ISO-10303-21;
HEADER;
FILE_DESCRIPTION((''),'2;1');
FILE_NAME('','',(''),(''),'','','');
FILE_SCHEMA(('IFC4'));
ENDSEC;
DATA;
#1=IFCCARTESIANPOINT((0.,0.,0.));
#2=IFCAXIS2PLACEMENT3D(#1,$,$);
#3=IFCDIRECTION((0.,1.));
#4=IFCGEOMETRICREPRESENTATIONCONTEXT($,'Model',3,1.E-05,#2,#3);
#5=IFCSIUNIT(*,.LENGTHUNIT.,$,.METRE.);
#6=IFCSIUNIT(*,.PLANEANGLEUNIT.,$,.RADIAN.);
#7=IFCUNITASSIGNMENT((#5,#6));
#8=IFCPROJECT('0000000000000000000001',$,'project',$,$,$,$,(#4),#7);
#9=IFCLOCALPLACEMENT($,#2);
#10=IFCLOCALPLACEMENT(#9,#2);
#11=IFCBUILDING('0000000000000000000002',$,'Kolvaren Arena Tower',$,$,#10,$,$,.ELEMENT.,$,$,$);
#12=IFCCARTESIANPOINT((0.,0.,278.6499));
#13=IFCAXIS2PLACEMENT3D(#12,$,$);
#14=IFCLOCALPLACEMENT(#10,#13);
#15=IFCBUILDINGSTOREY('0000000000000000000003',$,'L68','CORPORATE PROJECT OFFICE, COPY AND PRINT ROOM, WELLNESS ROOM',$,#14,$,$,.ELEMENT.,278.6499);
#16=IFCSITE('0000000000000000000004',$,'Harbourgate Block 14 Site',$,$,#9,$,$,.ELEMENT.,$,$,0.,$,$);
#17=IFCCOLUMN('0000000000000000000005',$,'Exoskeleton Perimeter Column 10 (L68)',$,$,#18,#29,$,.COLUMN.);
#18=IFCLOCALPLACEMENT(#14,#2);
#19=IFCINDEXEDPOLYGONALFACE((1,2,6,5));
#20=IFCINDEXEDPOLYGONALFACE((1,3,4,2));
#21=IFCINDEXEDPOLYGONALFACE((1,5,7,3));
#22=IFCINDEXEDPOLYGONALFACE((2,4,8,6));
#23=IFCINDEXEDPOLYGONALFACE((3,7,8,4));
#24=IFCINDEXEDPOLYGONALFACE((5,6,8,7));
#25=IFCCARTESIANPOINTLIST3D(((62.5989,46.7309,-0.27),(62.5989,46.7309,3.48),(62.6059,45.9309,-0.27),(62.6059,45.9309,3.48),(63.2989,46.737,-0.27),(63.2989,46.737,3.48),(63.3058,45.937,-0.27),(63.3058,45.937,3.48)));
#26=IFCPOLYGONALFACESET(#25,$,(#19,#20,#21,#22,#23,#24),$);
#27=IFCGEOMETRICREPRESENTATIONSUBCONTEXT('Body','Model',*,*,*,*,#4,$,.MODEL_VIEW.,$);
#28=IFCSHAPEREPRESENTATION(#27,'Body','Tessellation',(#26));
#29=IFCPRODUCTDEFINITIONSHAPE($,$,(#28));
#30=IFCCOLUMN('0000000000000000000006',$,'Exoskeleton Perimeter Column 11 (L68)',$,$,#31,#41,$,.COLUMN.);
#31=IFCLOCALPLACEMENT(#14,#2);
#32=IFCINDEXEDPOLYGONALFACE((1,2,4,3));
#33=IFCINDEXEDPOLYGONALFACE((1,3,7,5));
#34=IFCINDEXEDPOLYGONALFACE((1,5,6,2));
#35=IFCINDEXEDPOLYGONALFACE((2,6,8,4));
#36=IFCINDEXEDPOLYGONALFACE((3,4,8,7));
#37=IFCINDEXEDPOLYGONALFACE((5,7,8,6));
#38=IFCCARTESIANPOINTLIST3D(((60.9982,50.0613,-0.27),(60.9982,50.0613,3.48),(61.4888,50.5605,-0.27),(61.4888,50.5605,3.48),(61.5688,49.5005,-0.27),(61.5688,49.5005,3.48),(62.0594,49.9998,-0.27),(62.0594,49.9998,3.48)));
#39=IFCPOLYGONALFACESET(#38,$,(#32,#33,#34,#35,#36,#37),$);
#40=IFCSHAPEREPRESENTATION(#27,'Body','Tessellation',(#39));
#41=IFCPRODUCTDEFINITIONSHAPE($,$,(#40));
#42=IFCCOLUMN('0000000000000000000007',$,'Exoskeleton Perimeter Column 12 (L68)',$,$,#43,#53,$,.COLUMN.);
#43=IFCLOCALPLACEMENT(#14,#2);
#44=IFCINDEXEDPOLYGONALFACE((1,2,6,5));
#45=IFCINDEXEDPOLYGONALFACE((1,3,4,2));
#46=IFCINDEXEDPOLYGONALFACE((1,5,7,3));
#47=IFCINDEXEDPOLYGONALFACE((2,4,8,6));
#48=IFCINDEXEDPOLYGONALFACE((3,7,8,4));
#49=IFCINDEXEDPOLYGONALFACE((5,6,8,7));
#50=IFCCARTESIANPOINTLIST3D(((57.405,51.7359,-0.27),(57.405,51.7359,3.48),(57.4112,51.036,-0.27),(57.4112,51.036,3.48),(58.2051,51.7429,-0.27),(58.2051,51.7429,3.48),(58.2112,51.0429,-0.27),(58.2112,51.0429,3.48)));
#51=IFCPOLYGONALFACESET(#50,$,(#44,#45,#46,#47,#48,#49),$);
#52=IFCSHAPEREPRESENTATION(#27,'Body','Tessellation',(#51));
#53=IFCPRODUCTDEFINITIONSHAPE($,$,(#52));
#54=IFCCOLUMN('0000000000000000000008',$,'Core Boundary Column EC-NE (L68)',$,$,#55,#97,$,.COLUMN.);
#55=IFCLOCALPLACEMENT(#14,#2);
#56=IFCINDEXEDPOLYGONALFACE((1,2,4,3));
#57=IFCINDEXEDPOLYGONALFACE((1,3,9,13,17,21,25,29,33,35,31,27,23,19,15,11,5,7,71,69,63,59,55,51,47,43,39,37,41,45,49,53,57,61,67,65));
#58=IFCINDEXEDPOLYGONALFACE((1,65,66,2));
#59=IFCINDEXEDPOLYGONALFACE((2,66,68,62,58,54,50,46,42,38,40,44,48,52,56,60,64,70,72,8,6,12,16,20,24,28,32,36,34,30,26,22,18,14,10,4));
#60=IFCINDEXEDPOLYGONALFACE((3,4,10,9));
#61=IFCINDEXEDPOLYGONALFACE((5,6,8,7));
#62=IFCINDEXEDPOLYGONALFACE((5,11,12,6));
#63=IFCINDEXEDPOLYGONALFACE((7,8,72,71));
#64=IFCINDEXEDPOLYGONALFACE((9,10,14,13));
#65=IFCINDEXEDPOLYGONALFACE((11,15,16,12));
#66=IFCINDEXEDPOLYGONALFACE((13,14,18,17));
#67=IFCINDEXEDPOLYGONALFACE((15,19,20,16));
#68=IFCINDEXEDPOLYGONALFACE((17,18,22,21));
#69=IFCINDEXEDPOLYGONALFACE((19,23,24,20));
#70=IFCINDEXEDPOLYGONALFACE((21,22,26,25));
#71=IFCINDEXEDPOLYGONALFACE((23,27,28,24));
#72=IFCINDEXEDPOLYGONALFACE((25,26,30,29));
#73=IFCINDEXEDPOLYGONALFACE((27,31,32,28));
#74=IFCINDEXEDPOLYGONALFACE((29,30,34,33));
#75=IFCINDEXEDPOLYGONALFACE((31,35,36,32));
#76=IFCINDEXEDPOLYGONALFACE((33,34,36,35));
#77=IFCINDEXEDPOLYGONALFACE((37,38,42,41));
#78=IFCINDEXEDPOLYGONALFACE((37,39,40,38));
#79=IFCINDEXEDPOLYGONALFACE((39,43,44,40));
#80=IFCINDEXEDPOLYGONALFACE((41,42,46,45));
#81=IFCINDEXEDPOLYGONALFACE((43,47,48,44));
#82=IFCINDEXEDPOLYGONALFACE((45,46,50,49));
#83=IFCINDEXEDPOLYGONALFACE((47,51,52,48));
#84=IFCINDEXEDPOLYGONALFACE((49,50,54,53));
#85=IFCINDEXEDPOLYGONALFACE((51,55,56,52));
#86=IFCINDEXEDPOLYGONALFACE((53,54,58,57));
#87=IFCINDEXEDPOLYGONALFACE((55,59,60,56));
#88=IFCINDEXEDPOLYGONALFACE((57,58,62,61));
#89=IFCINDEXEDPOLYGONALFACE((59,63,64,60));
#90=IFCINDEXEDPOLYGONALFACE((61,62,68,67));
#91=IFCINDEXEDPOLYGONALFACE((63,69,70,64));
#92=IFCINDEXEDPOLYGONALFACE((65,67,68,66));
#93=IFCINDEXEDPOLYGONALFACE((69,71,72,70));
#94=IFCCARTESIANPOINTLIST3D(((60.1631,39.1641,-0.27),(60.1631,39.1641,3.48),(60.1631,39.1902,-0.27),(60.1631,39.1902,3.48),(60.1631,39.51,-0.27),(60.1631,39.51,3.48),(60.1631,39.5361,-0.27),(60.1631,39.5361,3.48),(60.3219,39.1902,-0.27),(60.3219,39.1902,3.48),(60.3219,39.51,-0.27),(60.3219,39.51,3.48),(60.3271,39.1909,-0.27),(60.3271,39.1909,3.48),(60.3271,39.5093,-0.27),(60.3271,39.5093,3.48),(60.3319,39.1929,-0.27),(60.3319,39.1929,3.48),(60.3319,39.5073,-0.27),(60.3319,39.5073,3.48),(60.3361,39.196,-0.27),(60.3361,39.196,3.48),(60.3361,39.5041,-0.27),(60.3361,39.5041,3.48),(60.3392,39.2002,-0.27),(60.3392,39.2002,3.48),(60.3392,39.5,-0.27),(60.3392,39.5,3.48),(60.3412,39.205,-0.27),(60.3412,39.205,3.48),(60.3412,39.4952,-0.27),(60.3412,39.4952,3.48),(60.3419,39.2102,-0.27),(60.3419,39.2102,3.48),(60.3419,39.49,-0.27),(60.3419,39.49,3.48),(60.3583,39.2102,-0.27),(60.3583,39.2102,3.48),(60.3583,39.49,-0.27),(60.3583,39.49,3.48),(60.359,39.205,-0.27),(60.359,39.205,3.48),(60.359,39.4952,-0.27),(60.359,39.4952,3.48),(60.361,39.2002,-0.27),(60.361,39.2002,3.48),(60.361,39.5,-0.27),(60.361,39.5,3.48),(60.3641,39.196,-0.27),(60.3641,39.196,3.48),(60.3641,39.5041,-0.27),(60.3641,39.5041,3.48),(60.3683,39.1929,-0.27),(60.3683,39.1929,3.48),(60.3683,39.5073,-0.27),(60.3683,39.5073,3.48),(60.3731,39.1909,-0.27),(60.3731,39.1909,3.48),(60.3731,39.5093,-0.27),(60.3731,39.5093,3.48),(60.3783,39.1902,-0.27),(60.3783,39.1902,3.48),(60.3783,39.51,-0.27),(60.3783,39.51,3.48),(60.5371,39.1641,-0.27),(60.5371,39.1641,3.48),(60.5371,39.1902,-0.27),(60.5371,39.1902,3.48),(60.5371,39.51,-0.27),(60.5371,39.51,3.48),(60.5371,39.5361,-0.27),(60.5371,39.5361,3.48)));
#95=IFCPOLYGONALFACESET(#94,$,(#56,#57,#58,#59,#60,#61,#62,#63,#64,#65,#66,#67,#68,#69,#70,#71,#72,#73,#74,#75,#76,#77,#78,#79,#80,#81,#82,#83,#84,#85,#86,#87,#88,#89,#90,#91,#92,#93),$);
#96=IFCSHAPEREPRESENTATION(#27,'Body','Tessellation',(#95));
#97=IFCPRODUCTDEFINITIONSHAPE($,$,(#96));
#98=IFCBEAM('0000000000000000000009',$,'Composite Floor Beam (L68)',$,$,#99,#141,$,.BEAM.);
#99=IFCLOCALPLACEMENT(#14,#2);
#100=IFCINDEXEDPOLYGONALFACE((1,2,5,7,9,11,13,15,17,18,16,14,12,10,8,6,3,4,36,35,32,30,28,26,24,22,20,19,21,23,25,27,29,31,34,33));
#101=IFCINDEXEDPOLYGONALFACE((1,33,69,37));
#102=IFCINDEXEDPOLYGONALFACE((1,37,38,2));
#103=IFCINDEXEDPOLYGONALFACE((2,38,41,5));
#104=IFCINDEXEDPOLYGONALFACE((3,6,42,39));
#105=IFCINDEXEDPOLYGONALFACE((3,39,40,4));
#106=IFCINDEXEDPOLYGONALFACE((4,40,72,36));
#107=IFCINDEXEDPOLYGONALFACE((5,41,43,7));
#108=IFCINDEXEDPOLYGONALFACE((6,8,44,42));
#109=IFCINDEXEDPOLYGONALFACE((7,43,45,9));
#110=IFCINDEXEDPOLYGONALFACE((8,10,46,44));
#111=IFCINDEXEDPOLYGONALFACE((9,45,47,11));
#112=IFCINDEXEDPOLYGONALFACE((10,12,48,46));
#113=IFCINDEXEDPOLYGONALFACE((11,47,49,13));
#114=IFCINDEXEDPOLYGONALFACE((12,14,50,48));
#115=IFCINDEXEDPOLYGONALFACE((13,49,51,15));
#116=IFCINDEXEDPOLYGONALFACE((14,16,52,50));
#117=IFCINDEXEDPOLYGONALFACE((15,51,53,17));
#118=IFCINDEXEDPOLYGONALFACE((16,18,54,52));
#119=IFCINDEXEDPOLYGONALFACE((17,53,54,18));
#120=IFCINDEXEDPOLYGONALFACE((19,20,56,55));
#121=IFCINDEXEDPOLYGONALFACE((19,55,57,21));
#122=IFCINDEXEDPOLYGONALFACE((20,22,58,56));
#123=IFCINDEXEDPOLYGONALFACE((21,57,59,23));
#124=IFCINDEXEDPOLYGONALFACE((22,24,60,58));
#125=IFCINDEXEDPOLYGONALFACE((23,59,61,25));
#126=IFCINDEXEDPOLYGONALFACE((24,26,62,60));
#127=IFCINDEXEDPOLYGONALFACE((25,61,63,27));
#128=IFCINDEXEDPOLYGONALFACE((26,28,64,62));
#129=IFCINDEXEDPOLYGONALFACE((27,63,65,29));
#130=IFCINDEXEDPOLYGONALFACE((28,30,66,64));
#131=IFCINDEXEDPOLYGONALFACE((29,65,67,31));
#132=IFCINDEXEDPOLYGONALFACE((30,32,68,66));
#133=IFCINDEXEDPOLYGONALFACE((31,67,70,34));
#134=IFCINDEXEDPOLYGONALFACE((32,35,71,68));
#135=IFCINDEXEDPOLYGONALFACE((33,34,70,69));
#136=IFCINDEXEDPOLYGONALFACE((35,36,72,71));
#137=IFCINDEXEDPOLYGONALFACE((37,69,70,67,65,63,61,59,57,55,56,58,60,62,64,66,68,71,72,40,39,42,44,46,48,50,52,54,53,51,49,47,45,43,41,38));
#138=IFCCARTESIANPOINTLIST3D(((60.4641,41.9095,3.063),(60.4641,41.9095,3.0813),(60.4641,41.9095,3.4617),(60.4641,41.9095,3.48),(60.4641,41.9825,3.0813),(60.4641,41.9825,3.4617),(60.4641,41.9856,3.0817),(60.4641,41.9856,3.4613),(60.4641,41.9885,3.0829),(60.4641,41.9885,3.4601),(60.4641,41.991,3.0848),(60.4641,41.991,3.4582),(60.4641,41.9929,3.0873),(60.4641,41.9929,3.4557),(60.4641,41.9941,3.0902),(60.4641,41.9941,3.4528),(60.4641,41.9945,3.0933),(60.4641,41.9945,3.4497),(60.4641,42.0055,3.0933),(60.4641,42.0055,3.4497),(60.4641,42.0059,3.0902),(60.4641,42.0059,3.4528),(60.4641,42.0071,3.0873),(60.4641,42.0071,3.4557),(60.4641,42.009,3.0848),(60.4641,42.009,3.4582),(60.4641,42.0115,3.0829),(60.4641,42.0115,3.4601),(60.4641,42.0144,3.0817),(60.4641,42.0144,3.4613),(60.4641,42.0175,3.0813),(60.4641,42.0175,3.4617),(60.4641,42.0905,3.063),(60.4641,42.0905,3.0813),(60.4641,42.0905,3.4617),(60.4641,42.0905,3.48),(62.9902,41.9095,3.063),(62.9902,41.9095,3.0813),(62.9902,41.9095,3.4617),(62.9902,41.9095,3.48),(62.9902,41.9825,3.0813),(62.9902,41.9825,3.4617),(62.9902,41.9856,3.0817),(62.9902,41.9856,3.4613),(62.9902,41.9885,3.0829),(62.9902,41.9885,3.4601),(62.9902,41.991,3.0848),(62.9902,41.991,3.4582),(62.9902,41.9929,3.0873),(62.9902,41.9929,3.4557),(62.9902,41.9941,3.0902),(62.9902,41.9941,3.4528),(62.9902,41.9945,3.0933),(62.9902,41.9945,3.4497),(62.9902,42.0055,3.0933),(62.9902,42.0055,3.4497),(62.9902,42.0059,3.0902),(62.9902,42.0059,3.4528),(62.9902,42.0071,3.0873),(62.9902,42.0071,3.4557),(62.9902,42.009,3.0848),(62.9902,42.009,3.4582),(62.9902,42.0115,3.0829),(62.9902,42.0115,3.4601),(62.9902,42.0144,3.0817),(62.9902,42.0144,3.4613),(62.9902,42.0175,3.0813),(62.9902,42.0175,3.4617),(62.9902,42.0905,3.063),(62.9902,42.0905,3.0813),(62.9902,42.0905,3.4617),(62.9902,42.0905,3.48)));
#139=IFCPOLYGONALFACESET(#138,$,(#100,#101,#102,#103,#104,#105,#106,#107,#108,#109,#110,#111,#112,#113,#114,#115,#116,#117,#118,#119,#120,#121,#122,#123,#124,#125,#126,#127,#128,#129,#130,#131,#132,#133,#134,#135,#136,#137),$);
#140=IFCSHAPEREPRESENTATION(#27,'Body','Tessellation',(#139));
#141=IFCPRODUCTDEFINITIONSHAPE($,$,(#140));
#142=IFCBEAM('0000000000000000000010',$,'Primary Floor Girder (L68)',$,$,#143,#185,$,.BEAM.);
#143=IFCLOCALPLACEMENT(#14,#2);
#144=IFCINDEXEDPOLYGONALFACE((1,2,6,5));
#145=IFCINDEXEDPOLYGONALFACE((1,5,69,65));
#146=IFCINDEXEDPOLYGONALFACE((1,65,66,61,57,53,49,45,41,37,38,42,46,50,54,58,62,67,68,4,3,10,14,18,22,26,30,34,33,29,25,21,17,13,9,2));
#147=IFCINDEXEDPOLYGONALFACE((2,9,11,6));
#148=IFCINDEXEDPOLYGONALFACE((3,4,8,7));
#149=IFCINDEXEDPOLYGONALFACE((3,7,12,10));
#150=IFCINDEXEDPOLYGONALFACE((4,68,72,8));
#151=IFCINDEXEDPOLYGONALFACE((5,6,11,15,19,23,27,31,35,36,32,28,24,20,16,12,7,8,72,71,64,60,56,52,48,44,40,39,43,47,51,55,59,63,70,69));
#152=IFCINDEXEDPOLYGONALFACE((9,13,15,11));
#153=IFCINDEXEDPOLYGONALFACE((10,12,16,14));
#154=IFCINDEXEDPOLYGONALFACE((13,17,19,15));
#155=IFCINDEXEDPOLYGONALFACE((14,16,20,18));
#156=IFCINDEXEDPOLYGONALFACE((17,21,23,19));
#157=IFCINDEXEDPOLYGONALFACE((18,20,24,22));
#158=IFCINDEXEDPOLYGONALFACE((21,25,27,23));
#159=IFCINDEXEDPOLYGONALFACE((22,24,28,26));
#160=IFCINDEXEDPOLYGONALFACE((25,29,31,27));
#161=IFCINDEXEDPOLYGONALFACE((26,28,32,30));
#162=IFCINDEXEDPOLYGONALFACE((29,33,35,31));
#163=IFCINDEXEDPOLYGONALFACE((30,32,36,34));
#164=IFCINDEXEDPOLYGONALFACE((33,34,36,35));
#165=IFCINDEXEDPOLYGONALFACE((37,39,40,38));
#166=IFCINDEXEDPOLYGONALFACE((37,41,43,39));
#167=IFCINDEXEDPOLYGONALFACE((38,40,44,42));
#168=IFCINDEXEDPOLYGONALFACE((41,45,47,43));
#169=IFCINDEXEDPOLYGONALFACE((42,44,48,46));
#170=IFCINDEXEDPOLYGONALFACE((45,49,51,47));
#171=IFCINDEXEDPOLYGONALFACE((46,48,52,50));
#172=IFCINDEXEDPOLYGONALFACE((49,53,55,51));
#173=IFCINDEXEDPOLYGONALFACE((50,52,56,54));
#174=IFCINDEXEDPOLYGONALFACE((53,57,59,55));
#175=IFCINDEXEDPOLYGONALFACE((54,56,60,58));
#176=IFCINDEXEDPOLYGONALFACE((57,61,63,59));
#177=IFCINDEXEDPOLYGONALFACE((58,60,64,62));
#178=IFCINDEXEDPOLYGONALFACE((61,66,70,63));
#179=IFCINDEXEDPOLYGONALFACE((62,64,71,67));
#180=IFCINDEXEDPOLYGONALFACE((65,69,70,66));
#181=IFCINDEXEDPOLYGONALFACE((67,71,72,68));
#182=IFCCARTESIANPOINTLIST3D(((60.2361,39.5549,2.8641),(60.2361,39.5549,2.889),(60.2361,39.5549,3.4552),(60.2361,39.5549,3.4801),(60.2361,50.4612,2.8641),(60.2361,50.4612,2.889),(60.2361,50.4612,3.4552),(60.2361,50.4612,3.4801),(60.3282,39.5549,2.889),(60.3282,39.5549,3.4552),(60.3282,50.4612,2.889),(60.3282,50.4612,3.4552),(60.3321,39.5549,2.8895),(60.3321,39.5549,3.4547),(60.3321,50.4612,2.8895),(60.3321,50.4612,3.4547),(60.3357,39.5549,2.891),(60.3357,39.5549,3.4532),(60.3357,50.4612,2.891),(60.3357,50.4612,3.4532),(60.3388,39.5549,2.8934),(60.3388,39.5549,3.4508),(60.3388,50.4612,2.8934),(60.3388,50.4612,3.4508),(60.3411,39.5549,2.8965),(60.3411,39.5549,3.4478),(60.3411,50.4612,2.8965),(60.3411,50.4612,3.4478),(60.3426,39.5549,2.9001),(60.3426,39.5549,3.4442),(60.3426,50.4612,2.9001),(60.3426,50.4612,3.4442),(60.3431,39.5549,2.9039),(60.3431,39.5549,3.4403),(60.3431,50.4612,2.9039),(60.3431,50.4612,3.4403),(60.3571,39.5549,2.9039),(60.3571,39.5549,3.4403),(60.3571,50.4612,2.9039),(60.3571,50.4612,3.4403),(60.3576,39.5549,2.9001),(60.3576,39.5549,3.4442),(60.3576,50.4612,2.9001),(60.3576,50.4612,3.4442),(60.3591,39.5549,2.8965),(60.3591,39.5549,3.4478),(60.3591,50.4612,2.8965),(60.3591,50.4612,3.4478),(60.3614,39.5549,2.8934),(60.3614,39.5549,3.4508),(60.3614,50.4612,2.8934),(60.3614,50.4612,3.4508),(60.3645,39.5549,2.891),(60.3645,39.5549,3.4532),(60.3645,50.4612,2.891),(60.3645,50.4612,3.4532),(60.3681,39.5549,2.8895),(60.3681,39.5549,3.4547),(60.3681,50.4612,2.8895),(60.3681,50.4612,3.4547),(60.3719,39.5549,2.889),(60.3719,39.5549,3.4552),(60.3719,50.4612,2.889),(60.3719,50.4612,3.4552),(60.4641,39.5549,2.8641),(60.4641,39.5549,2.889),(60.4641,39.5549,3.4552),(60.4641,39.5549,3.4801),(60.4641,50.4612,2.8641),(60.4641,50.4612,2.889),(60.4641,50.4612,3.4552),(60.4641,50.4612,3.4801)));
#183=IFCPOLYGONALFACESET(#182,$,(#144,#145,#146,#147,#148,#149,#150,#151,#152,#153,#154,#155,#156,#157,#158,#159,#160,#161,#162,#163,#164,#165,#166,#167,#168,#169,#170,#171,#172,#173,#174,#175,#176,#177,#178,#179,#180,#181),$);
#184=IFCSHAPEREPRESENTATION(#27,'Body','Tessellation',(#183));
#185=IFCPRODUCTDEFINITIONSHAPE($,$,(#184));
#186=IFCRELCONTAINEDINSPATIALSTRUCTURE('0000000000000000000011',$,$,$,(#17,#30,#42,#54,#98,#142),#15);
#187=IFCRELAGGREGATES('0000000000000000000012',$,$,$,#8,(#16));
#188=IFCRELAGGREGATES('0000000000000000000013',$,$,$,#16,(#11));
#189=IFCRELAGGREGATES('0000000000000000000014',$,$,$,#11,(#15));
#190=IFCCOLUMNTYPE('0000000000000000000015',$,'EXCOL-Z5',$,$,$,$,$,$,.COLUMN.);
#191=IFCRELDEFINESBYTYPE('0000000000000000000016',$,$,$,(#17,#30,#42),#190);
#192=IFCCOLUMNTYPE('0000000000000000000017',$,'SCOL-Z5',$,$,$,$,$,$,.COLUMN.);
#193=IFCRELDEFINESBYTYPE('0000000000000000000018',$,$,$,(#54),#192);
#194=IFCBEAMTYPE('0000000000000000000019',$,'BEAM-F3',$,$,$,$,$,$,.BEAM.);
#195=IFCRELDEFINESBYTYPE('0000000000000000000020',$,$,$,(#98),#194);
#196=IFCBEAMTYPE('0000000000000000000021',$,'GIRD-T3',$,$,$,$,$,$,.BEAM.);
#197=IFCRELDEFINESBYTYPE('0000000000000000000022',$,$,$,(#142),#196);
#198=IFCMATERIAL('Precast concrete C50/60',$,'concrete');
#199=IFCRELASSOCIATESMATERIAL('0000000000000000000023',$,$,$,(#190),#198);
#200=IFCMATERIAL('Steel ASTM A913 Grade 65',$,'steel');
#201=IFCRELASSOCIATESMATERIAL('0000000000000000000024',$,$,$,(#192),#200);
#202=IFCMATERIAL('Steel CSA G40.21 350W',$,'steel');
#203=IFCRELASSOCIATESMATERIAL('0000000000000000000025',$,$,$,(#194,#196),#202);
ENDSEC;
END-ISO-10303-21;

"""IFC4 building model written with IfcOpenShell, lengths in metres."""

from ifc_helpers import new_model, si_unit, direction, frame, origin, origin_2d, place, context, subcontext, project, spatial, rectangle, i_section, extrude, material, material_profile, profile_set, type_object, element, save


model = new_model("IFC4")

# Units and contexts
model_context = context("Model", 3, precision=1e-05, world=origin(), true_north=direction((0.0, 1.0)))
body_context = subcontext(model_context, "Body", "Model", "MODEL_VIEW")
ifc_project = project(units=[si_unit("LENGTHUNIT", "METRE"), si_unit("PLANEANGLEUNIT", "RADIAN")], contexts=[model_context])

# Site, building, storey
site_placement = place(None, origin())
site = spatial("IfcSite", under=ifc_project, at=site_placement, Name="Harbourgate Block 14 Site", CompositionType="ELEMENT", RefElevation=0.0)
building_placement = place(site_placement, origin())
building = spatial("IfcBuilding", under=site, at=building_placement, Name="Kolvaren Arena Tower", CompositionType="ELEMENT")
storey_placement = place(building_placement, frame((0.0, 0.0, 278.6499)))
storey = spatial("IfcBuildingStorey", under=building, at=storey_placement, Name="L68", Description="CORPORATE PROJECT OFFICE, COPY AND PRINT ROOM, WELLNESS ROOM", CompositionType="ELEMENT", Elevation=278.6499)

# Columns
ifc_material_1 = material(Name="Precast concrete C50/60", Category="concrete")
ifc_material_profile_1 = material_profile(ifc_material_1, rectangle(XDim=0.8, YDim=0.7, at=origin_2d()), Name="RC-800x700")
ifc_profile_set_1 = profile_set([ifc_material_profile_1], Name="Precast concrete C50/60")
column_type_1 = type_object("IfcColumnType", Name="EXCOL-Z5", PredefinedType="COLUMN", material=ifc_profile_set_1)
for number, where, z_axis, x_axis, name in (
    (1, (62.9524, 46.334, -0.27), (0.0, 0.0, 1.0), (-0.008727, 0.999962, 0.0), "Exoskeleton Perimeter Column 10 (L68)"),
    (2, (61.5288, 50.0305, -0.27), (0.0, 0.0, 1.0), (-0.71325, 0.700909, 0.0), "Exoskeleton Perimeter Column 11 (L68)"),
    (3, (57.8081, 51.3894, -0.27), (0.0, 0.0, 1.0), (0.999962, 0.008727, 0.0), "Exoskeleton Perimeter Column 12 (L68)"),
):
    element("IfcColumn", number, at=place(storey_placement, frame(where, z_axis=z_axis, x_axis=x_axis)), inside=storey, type_object=column_type_1, Name=name, PredefinedType="COLUMN", context=body_context, shape_type="SweptSolid", body=[
        extrude(rectangle(XDim=0.8, YDim=0.7, at=origin_2d()), origin(), (0.0, 0.0, 1.0), 3.75),
    ])
ifc_material_2 = material(Name="Steel ASTM A913 Grade 65", Category="steel")
ifc_material_profile_2 = material_profile(ifc_material_2, i_section(OverallWidth=0.374, OverallDepth=0.3721, WebThickness=0.0164, FlangeThickness=0.0261, FilletRadius=0.02, at=origin_2d()), Name="W360x196")
ifc_profile_set_2 = profile_set([ifc_material_profile_2], Name="Steel ASTM A913 Grade 65")
column_type_2 = type_object("IfcColumnType", Name="SCOL-Z5", PredefinedType="COLUMN", material=ifc_profile_set_2)
column_placement = place(storey_placement, frame((60.3501, 39.3501, -0.27), z_axis=(0.0, 0.0, 1.0), x_axis=(1.0, 0.0, 0.0)))
element("IfcColumn", 4, at=column_placement, inside=storey, type_object=column_type_2, Name="Core Boundary Column EC-NE (L68)", PredefinedType="COLUMN", context=body_context, shape_type="SweptSolid", body=[
    extrude(i_section(OverallWidth=0.374, OverallDepth=0.3721, WebThickness=0.0164, FlangeThickness=0.0261, FilletRadius=0.02, at=origin_2d()), origin(), (0.0, 0.0, 1.0), 3.75),
])

# Beams
ifc_material_3 = material(Name="Steel CSA G40.21 350W", Category="steel")
ifc_material_profile_3 = material_profile(ifc_material_3, i_section(OverallWidth=0.1809, OverallDepth=0.417, WebThickness=0.011, FlangeThickness=0.0183, FilletRadius=0.012, at=origin_2d()), Name="W410x85")
ifc_profile_set_3 = profile_set([ifc_material_profile_3], Name="Steel CSA G40.21 350W")
beam_type_1 = type_object("IfcBeamType", Name="BEAM-F3", PredefinedType="BEAM", material=ifc_profile_set_3)
beam_1_placement = place(storey_placement, frame((60.4641, 42.0, 3.2715), z_axis=(1.0, 0.0, 0.0), x_axis=(0.0, 1.0, 0.0)))
element("IfcBeam", 5, at=beam_1_placement, inside=storey, type_object=beam_type_1, Name="Composite Floor Beam (L68)", PredefinedType="BEAM", context=body_context, shape_type="SweptSolid", body=[
    extrude(i_section(OverallWidth=0.1809, OverallDepth=0.417, WebThickness=0.011, FlangeThickness=0.0183, FilletRadius=0.012, at=origin_2d()), origin(), (0.0, 0.0, 1.0), 2.5261),
])
ifc_material_profile_4 = material_profile(ifc_material_3, i_section(OverallWidth=0.228, OverallDepth=0.616, WebThickness=0.0139, FlangeThickness=0.0249, FilletRadius=0.0149, at=origin_2d()), Name="W610x174")
ifc_profile_set_4 = profile_set([ifc_material_profile_4], Name="Steel CSA G40.21 350W")
beam_type_2 = type_object("IfcBeamType", Name="GIRD-T3", PredefinedType="BEAM", material=ifc_profile_set_4)
beam_2_placement = place(storey_placement, frame((60.3501, 39.5549, 3.1721), z_axis=(0.0, 1.0, 0.0), x_axis=(-1.0, 0.0, 0.0)))
element("IfcBeam", 6, at=beam_2_placement, inside=storey, type_object=beam_type_2, Name="Primary Floor Girder (L68)", PredefinedType="BEAM", context=body_context, shape_type="SweptSolid", body=[
    extrude(i_section(OverallWidth=0.228, OverallDepth=0.616, WebThickness=0.0139, FlangeThickness=0.0249, FilletRadius=0.0149, at=origin_2d()), origin(), (0.0, 0.0, 1.0), 10.9062),
])

save(model, "model.ifc")
